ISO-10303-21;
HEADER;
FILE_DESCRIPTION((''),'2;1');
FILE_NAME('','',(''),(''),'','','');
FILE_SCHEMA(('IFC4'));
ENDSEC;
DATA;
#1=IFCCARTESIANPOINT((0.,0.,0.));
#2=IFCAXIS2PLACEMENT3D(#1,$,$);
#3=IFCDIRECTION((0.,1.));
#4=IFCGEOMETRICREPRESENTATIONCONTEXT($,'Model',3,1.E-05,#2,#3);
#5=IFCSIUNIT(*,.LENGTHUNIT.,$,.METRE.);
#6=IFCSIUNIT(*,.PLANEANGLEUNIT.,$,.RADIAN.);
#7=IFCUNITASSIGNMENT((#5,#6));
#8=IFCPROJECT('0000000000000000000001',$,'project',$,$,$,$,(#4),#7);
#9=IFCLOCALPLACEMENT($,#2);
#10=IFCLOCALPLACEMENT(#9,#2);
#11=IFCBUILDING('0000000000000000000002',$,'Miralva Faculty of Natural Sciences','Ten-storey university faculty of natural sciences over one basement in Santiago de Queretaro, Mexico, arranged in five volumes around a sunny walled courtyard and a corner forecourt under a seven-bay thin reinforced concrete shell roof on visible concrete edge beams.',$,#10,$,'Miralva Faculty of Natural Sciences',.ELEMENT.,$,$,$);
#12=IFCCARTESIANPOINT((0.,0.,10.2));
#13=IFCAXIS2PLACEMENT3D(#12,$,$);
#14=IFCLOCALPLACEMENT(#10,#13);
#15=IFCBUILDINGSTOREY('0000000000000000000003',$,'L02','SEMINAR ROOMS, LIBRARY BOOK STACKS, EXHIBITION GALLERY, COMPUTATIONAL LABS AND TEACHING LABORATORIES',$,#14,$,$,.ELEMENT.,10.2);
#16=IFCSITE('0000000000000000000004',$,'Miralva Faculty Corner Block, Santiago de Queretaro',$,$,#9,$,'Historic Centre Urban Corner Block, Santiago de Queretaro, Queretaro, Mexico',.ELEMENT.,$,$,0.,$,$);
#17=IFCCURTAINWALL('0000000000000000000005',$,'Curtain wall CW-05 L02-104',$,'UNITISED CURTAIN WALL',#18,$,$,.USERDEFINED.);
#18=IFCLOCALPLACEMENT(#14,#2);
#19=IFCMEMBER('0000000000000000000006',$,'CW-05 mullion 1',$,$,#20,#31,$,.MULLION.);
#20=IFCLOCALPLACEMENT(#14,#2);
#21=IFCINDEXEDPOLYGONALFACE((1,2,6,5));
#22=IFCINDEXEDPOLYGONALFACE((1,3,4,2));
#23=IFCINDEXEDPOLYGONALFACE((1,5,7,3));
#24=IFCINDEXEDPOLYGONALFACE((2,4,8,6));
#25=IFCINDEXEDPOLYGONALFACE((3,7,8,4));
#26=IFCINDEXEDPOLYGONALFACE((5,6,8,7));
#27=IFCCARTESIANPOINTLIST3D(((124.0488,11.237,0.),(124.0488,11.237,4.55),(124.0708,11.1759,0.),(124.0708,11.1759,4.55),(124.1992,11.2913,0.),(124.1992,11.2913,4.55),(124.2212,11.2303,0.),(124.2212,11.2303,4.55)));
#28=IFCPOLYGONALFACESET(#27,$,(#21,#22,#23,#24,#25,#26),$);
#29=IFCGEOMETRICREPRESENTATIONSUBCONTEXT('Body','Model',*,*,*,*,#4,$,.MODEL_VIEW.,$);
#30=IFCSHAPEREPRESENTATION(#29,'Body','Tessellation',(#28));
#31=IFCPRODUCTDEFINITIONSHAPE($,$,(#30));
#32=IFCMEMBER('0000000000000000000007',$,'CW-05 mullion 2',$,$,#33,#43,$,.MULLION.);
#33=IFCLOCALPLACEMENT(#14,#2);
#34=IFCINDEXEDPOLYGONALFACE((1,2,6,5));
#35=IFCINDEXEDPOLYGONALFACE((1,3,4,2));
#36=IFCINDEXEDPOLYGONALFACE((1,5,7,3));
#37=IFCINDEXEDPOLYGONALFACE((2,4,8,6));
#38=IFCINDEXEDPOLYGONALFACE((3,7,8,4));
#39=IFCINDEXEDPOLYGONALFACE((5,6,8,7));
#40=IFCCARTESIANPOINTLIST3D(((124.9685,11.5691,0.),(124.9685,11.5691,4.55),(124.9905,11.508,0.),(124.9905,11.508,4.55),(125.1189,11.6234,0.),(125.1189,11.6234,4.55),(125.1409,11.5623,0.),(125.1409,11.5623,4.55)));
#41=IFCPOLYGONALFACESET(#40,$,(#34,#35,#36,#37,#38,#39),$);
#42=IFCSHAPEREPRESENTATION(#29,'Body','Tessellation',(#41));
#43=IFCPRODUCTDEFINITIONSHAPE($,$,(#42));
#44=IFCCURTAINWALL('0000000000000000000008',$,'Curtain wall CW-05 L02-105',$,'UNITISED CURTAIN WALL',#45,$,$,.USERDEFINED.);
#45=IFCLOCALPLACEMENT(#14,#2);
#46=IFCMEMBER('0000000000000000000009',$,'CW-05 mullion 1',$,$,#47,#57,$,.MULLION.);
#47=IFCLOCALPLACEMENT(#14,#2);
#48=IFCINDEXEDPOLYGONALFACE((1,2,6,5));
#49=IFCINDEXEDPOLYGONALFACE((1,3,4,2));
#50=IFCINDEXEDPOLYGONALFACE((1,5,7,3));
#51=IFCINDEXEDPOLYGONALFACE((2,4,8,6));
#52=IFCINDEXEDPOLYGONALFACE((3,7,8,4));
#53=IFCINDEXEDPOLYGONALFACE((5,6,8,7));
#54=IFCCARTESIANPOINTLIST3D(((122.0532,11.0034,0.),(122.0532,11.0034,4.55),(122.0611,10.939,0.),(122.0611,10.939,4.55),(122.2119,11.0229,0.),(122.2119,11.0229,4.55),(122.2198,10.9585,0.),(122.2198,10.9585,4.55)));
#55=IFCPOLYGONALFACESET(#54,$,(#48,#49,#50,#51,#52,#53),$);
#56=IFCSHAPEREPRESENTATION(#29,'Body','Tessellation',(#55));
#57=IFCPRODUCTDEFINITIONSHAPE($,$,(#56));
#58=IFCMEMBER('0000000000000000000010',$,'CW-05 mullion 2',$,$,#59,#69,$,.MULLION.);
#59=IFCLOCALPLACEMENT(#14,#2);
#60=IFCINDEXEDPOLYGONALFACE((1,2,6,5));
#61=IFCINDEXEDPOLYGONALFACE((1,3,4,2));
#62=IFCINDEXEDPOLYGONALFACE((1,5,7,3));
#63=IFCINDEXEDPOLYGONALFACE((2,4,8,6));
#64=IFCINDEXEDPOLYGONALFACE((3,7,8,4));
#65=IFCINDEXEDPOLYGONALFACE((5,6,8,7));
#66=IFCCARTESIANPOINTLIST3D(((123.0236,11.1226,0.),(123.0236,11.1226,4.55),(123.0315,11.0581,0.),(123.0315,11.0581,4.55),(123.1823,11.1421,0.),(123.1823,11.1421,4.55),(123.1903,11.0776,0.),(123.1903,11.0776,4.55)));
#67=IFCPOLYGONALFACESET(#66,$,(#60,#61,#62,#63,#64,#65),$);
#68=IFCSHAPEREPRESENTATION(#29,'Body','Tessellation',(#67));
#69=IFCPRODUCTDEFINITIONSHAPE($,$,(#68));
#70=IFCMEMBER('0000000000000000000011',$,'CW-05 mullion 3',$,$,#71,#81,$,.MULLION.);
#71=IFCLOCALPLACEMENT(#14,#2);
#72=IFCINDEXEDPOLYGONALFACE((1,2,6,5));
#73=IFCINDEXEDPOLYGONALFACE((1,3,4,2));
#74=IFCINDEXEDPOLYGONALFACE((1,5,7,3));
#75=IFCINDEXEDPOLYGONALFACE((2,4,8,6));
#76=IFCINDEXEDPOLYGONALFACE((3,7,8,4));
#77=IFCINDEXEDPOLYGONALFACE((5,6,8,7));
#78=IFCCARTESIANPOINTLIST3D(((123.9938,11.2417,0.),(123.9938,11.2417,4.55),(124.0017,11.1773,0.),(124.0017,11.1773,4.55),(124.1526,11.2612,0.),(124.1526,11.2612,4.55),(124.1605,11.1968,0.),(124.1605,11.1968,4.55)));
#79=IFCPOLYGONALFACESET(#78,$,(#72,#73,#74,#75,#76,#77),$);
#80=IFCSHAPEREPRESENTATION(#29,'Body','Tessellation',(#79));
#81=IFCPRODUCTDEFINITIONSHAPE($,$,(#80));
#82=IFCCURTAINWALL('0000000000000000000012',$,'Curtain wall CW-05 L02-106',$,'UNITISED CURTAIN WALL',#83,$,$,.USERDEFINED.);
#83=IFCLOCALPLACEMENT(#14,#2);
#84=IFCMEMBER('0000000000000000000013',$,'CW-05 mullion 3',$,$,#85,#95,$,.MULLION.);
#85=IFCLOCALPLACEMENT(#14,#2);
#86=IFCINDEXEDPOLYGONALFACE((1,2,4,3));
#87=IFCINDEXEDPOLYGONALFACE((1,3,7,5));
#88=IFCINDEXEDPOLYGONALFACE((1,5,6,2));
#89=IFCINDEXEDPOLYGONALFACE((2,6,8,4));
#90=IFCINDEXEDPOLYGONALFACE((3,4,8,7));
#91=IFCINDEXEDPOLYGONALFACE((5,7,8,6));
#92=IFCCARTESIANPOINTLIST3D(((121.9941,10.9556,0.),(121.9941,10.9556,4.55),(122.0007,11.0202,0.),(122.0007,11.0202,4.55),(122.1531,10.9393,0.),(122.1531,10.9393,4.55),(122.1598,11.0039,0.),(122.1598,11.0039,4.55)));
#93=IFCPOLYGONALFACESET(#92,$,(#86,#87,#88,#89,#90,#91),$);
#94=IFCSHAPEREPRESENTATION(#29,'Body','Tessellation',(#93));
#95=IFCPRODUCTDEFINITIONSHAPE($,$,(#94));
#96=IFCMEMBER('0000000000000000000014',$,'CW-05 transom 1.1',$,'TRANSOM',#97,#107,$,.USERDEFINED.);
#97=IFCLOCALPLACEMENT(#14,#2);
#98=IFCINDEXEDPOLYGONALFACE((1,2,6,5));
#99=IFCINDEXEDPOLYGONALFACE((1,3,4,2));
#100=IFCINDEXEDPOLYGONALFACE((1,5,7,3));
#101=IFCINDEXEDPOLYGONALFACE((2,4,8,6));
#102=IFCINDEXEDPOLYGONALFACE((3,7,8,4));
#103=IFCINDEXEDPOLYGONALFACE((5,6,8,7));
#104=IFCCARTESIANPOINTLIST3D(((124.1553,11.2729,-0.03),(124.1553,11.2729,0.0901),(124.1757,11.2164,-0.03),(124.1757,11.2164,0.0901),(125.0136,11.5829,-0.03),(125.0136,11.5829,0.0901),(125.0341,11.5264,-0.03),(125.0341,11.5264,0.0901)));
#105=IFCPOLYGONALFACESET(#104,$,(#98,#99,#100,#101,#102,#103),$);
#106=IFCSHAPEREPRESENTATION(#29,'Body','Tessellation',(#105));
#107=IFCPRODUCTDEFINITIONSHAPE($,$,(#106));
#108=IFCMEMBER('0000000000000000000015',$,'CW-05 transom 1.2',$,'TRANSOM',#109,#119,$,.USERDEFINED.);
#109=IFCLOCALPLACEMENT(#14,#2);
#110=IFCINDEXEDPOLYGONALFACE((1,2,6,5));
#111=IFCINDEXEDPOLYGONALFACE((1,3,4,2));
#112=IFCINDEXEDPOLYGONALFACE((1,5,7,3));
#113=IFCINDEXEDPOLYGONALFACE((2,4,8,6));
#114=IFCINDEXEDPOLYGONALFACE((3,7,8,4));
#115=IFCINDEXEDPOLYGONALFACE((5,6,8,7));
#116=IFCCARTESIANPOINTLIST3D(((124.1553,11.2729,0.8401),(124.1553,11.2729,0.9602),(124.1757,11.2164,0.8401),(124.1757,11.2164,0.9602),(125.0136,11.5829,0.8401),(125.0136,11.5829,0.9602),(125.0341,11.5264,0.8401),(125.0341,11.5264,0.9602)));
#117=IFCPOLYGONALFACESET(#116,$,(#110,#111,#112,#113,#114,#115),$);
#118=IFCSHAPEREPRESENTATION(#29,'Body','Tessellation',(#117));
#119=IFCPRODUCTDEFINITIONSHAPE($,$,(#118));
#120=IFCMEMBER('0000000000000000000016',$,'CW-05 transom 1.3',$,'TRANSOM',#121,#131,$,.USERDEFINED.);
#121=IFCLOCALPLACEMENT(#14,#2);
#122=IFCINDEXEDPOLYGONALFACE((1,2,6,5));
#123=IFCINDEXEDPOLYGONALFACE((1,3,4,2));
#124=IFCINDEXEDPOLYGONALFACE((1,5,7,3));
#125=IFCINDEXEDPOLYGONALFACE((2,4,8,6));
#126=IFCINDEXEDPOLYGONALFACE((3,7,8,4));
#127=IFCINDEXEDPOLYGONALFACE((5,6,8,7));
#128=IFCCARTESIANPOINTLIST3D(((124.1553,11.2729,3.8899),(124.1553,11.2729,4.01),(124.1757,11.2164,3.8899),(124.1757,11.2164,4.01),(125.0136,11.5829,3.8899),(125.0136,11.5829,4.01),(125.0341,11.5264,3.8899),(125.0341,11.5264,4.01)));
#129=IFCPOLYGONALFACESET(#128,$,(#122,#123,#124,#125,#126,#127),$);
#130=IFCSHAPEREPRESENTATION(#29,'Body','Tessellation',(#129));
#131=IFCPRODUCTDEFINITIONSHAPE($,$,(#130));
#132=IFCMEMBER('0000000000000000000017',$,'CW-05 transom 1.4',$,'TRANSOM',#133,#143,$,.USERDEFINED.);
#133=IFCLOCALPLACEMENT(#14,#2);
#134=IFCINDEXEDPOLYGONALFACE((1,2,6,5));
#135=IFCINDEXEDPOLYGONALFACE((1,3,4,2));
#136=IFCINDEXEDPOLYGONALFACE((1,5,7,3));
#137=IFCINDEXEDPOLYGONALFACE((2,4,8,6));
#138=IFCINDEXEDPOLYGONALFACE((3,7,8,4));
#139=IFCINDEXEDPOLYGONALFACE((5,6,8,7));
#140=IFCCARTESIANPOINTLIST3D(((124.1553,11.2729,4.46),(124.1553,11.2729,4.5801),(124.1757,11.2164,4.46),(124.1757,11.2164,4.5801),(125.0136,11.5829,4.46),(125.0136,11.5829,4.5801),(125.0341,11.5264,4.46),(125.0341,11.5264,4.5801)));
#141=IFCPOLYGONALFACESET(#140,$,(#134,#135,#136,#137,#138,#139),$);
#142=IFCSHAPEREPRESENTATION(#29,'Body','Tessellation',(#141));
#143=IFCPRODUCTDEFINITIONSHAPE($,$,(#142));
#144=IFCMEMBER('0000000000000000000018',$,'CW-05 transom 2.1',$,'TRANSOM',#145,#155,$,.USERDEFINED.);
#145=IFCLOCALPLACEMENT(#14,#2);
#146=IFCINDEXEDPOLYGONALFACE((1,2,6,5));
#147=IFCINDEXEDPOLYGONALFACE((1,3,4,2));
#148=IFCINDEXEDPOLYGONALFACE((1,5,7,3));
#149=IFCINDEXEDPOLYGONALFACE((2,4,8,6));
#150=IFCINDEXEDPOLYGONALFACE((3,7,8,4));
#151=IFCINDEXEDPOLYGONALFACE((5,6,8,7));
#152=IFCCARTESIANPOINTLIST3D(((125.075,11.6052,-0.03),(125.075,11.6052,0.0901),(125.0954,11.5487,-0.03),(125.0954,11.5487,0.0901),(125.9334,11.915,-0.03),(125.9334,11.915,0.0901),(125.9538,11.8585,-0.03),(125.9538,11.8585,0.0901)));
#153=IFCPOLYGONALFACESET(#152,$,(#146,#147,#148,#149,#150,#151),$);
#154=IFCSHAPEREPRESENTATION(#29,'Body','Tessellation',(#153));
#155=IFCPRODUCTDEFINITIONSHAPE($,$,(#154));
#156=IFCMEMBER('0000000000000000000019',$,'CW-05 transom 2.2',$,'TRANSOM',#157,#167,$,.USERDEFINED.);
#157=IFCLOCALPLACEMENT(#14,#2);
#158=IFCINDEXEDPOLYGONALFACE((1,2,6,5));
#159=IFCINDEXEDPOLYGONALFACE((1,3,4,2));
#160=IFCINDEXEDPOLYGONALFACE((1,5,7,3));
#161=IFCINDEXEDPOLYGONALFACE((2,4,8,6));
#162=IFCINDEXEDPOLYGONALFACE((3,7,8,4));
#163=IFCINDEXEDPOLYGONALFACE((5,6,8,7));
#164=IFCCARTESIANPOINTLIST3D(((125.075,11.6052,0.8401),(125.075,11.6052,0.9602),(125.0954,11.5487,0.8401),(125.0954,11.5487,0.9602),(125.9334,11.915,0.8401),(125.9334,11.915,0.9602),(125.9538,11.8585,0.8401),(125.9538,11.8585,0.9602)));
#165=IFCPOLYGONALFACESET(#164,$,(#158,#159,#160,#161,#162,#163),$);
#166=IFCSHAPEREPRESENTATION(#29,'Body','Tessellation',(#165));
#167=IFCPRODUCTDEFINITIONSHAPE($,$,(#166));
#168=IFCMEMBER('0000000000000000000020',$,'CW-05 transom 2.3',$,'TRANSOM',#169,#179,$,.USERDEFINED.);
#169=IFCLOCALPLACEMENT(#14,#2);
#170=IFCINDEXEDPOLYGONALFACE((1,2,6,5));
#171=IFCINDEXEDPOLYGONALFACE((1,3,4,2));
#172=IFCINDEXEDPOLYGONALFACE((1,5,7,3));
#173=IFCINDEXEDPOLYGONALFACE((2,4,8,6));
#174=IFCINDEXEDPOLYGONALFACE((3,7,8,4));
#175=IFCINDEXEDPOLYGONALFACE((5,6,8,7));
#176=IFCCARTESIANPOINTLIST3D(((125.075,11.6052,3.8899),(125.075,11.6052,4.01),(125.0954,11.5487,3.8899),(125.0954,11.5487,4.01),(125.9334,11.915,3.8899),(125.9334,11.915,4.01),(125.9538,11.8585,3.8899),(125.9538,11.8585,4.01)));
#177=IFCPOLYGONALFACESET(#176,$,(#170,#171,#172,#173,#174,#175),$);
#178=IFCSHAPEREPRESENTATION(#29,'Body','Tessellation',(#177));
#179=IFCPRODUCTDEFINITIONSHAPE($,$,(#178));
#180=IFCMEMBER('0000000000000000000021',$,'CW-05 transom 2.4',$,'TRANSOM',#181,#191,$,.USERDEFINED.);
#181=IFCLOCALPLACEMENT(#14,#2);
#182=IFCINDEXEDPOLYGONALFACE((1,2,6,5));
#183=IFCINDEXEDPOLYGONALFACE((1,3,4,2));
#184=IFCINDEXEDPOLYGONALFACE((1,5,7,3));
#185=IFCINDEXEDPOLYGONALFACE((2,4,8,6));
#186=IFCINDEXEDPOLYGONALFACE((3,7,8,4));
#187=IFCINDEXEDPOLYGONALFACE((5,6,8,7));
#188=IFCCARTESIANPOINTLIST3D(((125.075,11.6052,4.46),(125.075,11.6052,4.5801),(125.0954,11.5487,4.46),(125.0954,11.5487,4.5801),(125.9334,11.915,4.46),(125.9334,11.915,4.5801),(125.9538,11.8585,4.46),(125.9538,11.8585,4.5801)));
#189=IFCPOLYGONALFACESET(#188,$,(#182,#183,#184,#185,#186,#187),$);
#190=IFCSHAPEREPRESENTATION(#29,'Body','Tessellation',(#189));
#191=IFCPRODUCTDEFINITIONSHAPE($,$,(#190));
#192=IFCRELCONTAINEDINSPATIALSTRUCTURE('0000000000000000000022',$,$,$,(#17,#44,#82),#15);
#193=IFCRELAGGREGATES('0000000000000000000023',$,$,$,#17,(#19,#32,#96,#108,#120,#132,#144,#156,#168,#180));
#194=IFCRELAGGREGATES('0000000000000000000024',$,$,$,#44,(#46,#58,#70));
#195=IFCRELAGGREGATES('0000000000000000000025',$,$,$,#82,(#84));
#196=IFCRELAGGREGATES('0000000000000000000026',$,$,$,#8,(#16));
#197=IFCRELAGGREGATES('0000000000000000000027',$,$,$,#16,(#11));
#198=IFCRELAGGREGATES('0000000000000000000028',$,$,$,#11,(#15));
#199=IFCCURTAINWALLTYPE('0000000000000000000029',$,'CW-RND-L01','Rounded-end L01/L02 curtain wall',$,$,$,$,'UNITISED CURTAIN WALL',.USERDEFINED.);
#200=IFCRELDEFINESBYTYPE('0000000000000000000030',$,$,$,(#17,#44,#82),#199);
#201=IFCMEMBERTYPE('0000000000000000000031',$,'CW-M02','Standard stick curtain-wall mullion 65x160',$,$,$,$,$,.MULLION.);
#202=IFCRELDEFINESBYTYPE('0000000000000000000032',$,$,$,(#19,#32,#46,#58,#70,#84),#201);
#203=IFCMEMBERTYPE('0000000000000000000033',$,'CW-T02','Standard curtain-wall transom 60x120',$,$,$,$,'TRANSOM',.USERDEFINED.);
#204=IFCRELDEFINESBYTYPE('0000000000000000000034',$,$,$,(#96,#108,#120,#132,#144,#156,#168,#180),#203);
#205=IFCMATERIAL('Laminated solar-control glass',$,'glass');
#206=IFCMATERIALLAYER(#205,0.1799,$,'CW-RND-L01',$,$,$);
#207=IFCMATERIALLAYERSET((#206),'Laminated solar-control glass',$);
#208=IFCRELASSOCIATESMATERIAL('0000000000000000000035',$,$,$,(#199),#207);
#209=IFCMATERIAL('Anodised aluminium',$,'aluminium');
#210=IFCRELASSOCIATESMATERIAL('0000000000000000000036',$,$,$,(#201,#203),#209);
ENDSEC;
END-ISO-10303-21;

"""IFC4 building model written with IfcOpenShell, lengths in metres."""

from ifc_helpers import new_model, si_unit, direction, frame, origin, origin_2d, place, context, subcontext, project, spatial, rectangle, extrude, material, layer, layer_set, material_profile, profile_set, type_object, element, aggregate, save


model = new_model("IFC4")

# Units and contexts
model_context = context("Model", 3, precision=1e-05, world=origin(), true_north=direction((0.0, 1.0)))
body_context = subcontext(model_context, "Body", "Model", "MODEL_VIEW")
ifc_project = project(units=[si_unit("LENGTHUNIT", "METRE"), si_unit("PLANEANGLEUNIT", "RADIAN")], contexts=[model_context])

# Site, building, storey
site_placement = place(None, origin())
site = spatial("IfcSite", under=ifc_project, at=site_placement, Name="Miralva Faculty Corner Block, Santiago de Queretaro", LongName="Historic Centre Urban Corner Block, Santiago de Queretaro, Queretaro, Mexico", CompositionType="ELEMENT", RefElevation=0.0)
building_placement = place(site_placement, origin())
building = spatial("IfcBuilding", under=site, at=building_placement, Name="Miralva Faculty of Natural Sciences", Description="Ten-storey university faculty of natural sciences over one basement in Santiago de Queretaro, Mexico, arranged in five volumes around a sunny walled courtyard and a corner forecourt under a seven-bay thin reinforced concrete shell roof on visible concrete edge beams.", LongName="Miralva Faculty of Natural Sciences", CompositionType="ELEMENT")
storey_placement = place(building_placement, frame((0.0, 0.0, 10.2)))
storey = spatial("IfcBuildingStorey", under=building, at=storey_placement, Name="L02", Description="SEMINAR ROOMS, LIBRARY BOOK STACKS, EXHIBITION GALLERY, COMPUTATIONAL LABS AND TEACHING LABORATORIES", CompositionType="ELEMENT", Elevation=10.2)

# Curtain walls, members
ifc_material_1 = material(Name="Laminated solar-control glass", Category="glass")
ifc_layer_1 = layer(ifc_material_1, 0.1799, Name="CW-RND-L01")
ifc_layer_set_1 = layer_set([ifc_layer_1], Name="Laminated solar-control glass")
curtain_wall_type = type_object("IfcCurtainWallType", Name="CW-RND-L01", Description="Rounded-end L01/L02 curtain wall", ElementType="UNITISED CURTAIN WALL", PredefinedType="USERDEFINED", material=ifc_layer_set_1)
curtain_wall_1_placement = place(storey_placement, origin())
curtain_wall_1 = element("IfcCurtainWall", 1, at=curtain_wall_1_placement, inside=storey, type_object=curtain_wall_type, Name="Curtain wall CW-05 L02-104", ObjectType="UNITISED CURTAIN WALL", PredefinedType="USERDEFINED")
ifc_material_2 = material(Name="Anodised aluminium", Category="aluminium")
ifc_material_profile_1 = material_profile(ifc_material_2, rectangle(XDim=0.0649, YDim=0.1599, at=origin_2d()), Name="MULLION 65x160")
ifc_profile_set_1 = profile_set([ifc_material_profile_1], Name="Anodised aluminium")
member_type_1 = type_object("IfcMemberType", Name="CW-M02", Description="Standard stick curtain-wall mullion 65x160", PredefinedType="MULLION", material=ifc_profile_set_1)
member_1_placement = place(storey_placement, frame((124.135, 11.2336, 0.0), z_axis=(0.0, 0.0, 1.0), x_axis=(-0.339696, 0.940535, 0.0)))
member_1 = element("IfcMember", 2, at=member_1_placement, type_object=member_type_1, Name="CW-05 mullion 1", PredefinedType="MULLION", context=body_context, shape_type="SweptSolid", body=[
    extrude(rectangle(XDim=0.0649, YDim=0.1599, at=origin_2d()), origin(), (0.0, 0.0, 1.0), 4.55),
])
member_2_placement = place(storey_placement, frame((125.0547, 11.5657, 0.0), z_axis=(0.0, 0.0, 1.0), x_axis=(-0.339696, 0.940535, 0.0)))
member_2 = element("IfcMember", 3, at=member_2_placement, type_object=member_type_1, Name="CW-05 mullion 2", PredefinedType="MULLION", context=body_context, shape_type="SweptSolid", body=[
    extrude(rectangle(XDim=0.0649, YDim=0.1599, at=origin_2d()), origin(), (0.0, 0.0, 1.0), 4.55),
])
curtain_wall_2_placement = place(storey_placement, origin())
curtain_wall_2 = element("IfcCurtainWall", 4, at=curtain_wall_2_placement, inside=storey, type_object=curtain_wall_type, Name="Curtain wall CW-05 L02-105", ObjectType="UNITISED CURTAIN WALL", PredefinedType="USERDEFINED")
member_3_placement = place(storey_placement, frame((122.1365, 10.981, 0.0), z_axis=(0.0, 0.0, 1.0), x_axis=(-0.12186, 0.992547, 0.0)))
member_3 = element("IfcMember", 5, at=member_3_placement, type_object=member_type_1, Name="CW-05 mullion 1", PredefinedType="MULLION", context=body_context, shape_type="SweptSolid", body=[
    extrude(rectangle(XDim=0.0649, YDim=0.1599, at=origin_2d()), origin(), (0.0, 0.0, 1.0), 4.55),
])
member_4_placement = place(storey_placement, frame((123.1069, 11.1001, 0.0), z_axis=(0.0, 0.0, 1.0), x_axis=(-0.12186, 0.992547, 0.0)))
member_4 = element("IfcMember", 6, at=member_4_placement, type_object=member_type_1, Name="CW-05 mullion 2", PredefinedType="MULLION", context=body_context, shape_type="SweptSolid", body=[
    extrude(rectangle(XDim=0.0649, YDim=0.1599, at=origin_2d()), origin(), (0.0, 0.0, 1.0), 4.55),
])
member_5_placement = place(storey_placement, frame((124.0771, 11.2192, 0.0), z_axis=(0.0, 0.0, 1.0), x_axis=(-0.12186, 0.992547, 0.0)))
member_5 = element("IfcMember", 7, at=member_5_placement, type_object=member_type_1, Name="CW-05 mullion 3", PredefinedType="MULLION", context=body_context, shape_type="SweptSolid", body=[
    extrude(rectangle(XDim=0.0649, YDim=0.1599, at=origin_2d()), origin(), (0.0, 0.0, 1.0), 4.55),
])

# Curtain wall, member
curtain_wall_3_placement = place(storey_placement, origin())
curtain_wall_3 = element("IfcCurtainWall", 8, at=curtain_wall_3_placement, inside=storey, type_object=curtain_wall_type, Name="Curtain wall CW-05 L02-106", ObjectType="UNITISED CURTAIN WALL", PredefinedType="USERDEFINED")
member_6_placement = place(storey_placement, frame((122.0769, 10.9797, 0.0), z_axis=(0.0, 0.0, 1.0), x_axis=(0.102056, 0.994779, 0.0)))
member_6 = element("IfcMember", 9, at=member_6_placement, type_object=member_type_1, Name="CW-05 mullion 3", PredefinedType="MULLION", context=body_context, shape_type="SweptSolid", body=[
    extrude(rectangle(XDim=0.0649, YDim=0.1599, at=origin_2d()), origin(), (0.0, 0.0, 1.0), 4.55),
])

# Members
ifc_material_profile_2 = material_profile(ifc_material_2, rectangle(XDim=0.0601, YDim=0.1201, at=origin_2d()), Name="TRANSOM 60x120")
ifc_profile_set_2 = profile_set([ifc_material_profile_2], Name="Anodised aluminium")
member_type_2 = type_object("IfcMemberType", Name="CW-T02", Description="Standard curtain-wall transom 60x120", ElementType="TRANSOM", PredefinedType="USERDEFINED", material=ifc_profile_set_2)
member_7_placement = place(storey_placement, frame((124.1655, 11.2446, 0.03), z_axis=(0.940525, 0.339723, 0.0), x_axis=(-0.339723, 0.940525, 0.0)))
member_7 = element("IfcMember", 10, at=member_7_placement, type_object=member_type_2, Name="CW-05 transom 1.1", ObjectType="TRANSOM", PredefinedType="USERDEFINED", context=body_context, shape_type="SweptSolid", body=[
    extrude(rectangle(XDim=0.0601, YDim=0.1201, at=origin_2d()), origin(), (0.0, 0.0, 1.0), 0.9126),
])
member_8_placement = place(storey_placement, frame((124.1655, 11.2446, 0.9001), z_axis=(0.940525, 0.339723, 0.0), x_axis=(-0.339723, 0.940525, 0.0)))
member_8 = element("IfcMember", 11, at=member_8_placement, type_object=member_type_2, Name="CW-05 transom 1.2", ObjectType="TRANSOM", PredefinedType="USERDEFINED", context=body_context, shape_type="SweptSolid", body=[
    extrude(rectangle(XDim=0.0601, YDim=0.1201, at=origin_2d()), origin(), (0.0, 0.0, 1.0), 0.9126),
])
member_9_placement = place(storey_placement, frame((124.1655, 11.2446, 3.95), z_axis=(0.940525, 0.339723, 0.0), x_axis=(-0.339723, 0.940525, 0.0)))
member_9 = element("IfcMember", 12, at=member_9_placement, type_object=member_type_2, Name="CW-05 transom 1.3", ObjectType="TRANSOM", PredefinedType="USERDEFINED", context=body_context, shape_type="SweptSolid", body=[
    extrude(rectangle(XDim=0.0601, YDim=0.1201, at=origin_2d()), origin(), (0.0, 0.0, 1.0), 0.9126),
])
member_10_placement = place(storey_placement, frame((124.1655, 11.2446, 4.52), z_axis=(0.940525, 0.339723, 0.0), x_axis=(-0.339723, 0.940525, 0.0)))
member_10 = element("IfcMember", 13, at=member_10_placement, type_object=member_type_2, Name="CW-05 transom 1.4", ObjectType="TRANSOM", PredefinedType="USERDEFINED", context=body_context, shape_type="SweptSolid", body=[
    extrude(rectangle(XDim=0.0601, YDim=0.1201, at=origin_2d()), origin(), (0.0, 0.0, 1.0), 0.9126),
])
member_11_placement = place(storey_placement, frame((125.0852, 11.5769, 0.03), z_axis=(0.940611, 0.339487, 0.0), x_axis=(-0.339487, 0.940611, 0.0)))
member_11 = element("IfcMember", 14, at=member_11_placement, type_object=member_type_2, Name="CW-05 transom 2.1", ObjectType="TRANSOM", PredefinedType="USERDEFINED", context=body_context, shape_type="SweptSolid", body=[
    extrude(rectangle(XDim=0.0601, YDim=0.1201, at=origin_2d()), origin(), (0.0, 0.0, 1.0), 0.9126),
])
member_12_placement = place(storey_placement, frame((125.0852, 11.5769, 0.9001), z_axis=(0.940611, 0.339487, 0.0), x_axis=(-0.339487, 0.940611, 0.0)))
member_12 = element("IfcMember", 15, at=member_12_placement, type_object=member_type_2, Name="CW-05 transom 2.2", ObjectType="TRANSOM", PredefinedType="USERDEFINED", context=body_context, shape_type="SweptSolid", body=[
    extrude(rectangle(XDim=0.0601, YDim=0.1201, at=origin_2d()), origin(), (0.0, 0.0, 1.0), 0.9126),
])
member_13_placement = place(storey_placement, frame((125.0852, 11.5769, 3.95), z_axis=(0.940611, 0.339487, 0.0), x_axis=(-0.339487, 0.940611, 0.0)))
member_13 = element("IfcMember", 16, at=member_13_placement, type_object=member_type_2, Name="CW-05 transom 2.3", ObjectType="TRANSOM", PredefinedType="USERDEFINED", context=body_context, shape_type="SweptSolid", body=[
    extrude(rectangle(XDim=0.0601, YDim=0.1201, at=origin_2d()), origin(), (0.0, 0.0, 1.0), 0.9126),
])
member_14_placement = place(storey_placement, frame((125.0852, 11.5769, 4.52), z_axis=(0.940611, 0.339487, 0.0), x_axis=(-0.339487, 0.940611, 0.0)))
member_14 = element("IfcMember", 17, at=member_14_placement, type_object=member_type_2, Name="CW-05 transom 2.4", ObjectType="TRANSOM", PredefinedType="USERDEFINED", context=body_context, shape_type="SweptSolid", body=[
    extrude(rectangle(XDim=0.0601, YDim=0.1201, at=origin_2d()), origin(), (0.0, 0.0, 1.0), 0.9126),
])

aggregate(curtain_wall_1, [member_1, member_2, member_7, member_8, member_9, member_10, member_11, member_12, member_13, member_14])
aggregate(curtain_wall_2, [member_3, member_4, member_5])
aggregate(curtain_wall_3, [member_6])

save(model, "model.ifc")
